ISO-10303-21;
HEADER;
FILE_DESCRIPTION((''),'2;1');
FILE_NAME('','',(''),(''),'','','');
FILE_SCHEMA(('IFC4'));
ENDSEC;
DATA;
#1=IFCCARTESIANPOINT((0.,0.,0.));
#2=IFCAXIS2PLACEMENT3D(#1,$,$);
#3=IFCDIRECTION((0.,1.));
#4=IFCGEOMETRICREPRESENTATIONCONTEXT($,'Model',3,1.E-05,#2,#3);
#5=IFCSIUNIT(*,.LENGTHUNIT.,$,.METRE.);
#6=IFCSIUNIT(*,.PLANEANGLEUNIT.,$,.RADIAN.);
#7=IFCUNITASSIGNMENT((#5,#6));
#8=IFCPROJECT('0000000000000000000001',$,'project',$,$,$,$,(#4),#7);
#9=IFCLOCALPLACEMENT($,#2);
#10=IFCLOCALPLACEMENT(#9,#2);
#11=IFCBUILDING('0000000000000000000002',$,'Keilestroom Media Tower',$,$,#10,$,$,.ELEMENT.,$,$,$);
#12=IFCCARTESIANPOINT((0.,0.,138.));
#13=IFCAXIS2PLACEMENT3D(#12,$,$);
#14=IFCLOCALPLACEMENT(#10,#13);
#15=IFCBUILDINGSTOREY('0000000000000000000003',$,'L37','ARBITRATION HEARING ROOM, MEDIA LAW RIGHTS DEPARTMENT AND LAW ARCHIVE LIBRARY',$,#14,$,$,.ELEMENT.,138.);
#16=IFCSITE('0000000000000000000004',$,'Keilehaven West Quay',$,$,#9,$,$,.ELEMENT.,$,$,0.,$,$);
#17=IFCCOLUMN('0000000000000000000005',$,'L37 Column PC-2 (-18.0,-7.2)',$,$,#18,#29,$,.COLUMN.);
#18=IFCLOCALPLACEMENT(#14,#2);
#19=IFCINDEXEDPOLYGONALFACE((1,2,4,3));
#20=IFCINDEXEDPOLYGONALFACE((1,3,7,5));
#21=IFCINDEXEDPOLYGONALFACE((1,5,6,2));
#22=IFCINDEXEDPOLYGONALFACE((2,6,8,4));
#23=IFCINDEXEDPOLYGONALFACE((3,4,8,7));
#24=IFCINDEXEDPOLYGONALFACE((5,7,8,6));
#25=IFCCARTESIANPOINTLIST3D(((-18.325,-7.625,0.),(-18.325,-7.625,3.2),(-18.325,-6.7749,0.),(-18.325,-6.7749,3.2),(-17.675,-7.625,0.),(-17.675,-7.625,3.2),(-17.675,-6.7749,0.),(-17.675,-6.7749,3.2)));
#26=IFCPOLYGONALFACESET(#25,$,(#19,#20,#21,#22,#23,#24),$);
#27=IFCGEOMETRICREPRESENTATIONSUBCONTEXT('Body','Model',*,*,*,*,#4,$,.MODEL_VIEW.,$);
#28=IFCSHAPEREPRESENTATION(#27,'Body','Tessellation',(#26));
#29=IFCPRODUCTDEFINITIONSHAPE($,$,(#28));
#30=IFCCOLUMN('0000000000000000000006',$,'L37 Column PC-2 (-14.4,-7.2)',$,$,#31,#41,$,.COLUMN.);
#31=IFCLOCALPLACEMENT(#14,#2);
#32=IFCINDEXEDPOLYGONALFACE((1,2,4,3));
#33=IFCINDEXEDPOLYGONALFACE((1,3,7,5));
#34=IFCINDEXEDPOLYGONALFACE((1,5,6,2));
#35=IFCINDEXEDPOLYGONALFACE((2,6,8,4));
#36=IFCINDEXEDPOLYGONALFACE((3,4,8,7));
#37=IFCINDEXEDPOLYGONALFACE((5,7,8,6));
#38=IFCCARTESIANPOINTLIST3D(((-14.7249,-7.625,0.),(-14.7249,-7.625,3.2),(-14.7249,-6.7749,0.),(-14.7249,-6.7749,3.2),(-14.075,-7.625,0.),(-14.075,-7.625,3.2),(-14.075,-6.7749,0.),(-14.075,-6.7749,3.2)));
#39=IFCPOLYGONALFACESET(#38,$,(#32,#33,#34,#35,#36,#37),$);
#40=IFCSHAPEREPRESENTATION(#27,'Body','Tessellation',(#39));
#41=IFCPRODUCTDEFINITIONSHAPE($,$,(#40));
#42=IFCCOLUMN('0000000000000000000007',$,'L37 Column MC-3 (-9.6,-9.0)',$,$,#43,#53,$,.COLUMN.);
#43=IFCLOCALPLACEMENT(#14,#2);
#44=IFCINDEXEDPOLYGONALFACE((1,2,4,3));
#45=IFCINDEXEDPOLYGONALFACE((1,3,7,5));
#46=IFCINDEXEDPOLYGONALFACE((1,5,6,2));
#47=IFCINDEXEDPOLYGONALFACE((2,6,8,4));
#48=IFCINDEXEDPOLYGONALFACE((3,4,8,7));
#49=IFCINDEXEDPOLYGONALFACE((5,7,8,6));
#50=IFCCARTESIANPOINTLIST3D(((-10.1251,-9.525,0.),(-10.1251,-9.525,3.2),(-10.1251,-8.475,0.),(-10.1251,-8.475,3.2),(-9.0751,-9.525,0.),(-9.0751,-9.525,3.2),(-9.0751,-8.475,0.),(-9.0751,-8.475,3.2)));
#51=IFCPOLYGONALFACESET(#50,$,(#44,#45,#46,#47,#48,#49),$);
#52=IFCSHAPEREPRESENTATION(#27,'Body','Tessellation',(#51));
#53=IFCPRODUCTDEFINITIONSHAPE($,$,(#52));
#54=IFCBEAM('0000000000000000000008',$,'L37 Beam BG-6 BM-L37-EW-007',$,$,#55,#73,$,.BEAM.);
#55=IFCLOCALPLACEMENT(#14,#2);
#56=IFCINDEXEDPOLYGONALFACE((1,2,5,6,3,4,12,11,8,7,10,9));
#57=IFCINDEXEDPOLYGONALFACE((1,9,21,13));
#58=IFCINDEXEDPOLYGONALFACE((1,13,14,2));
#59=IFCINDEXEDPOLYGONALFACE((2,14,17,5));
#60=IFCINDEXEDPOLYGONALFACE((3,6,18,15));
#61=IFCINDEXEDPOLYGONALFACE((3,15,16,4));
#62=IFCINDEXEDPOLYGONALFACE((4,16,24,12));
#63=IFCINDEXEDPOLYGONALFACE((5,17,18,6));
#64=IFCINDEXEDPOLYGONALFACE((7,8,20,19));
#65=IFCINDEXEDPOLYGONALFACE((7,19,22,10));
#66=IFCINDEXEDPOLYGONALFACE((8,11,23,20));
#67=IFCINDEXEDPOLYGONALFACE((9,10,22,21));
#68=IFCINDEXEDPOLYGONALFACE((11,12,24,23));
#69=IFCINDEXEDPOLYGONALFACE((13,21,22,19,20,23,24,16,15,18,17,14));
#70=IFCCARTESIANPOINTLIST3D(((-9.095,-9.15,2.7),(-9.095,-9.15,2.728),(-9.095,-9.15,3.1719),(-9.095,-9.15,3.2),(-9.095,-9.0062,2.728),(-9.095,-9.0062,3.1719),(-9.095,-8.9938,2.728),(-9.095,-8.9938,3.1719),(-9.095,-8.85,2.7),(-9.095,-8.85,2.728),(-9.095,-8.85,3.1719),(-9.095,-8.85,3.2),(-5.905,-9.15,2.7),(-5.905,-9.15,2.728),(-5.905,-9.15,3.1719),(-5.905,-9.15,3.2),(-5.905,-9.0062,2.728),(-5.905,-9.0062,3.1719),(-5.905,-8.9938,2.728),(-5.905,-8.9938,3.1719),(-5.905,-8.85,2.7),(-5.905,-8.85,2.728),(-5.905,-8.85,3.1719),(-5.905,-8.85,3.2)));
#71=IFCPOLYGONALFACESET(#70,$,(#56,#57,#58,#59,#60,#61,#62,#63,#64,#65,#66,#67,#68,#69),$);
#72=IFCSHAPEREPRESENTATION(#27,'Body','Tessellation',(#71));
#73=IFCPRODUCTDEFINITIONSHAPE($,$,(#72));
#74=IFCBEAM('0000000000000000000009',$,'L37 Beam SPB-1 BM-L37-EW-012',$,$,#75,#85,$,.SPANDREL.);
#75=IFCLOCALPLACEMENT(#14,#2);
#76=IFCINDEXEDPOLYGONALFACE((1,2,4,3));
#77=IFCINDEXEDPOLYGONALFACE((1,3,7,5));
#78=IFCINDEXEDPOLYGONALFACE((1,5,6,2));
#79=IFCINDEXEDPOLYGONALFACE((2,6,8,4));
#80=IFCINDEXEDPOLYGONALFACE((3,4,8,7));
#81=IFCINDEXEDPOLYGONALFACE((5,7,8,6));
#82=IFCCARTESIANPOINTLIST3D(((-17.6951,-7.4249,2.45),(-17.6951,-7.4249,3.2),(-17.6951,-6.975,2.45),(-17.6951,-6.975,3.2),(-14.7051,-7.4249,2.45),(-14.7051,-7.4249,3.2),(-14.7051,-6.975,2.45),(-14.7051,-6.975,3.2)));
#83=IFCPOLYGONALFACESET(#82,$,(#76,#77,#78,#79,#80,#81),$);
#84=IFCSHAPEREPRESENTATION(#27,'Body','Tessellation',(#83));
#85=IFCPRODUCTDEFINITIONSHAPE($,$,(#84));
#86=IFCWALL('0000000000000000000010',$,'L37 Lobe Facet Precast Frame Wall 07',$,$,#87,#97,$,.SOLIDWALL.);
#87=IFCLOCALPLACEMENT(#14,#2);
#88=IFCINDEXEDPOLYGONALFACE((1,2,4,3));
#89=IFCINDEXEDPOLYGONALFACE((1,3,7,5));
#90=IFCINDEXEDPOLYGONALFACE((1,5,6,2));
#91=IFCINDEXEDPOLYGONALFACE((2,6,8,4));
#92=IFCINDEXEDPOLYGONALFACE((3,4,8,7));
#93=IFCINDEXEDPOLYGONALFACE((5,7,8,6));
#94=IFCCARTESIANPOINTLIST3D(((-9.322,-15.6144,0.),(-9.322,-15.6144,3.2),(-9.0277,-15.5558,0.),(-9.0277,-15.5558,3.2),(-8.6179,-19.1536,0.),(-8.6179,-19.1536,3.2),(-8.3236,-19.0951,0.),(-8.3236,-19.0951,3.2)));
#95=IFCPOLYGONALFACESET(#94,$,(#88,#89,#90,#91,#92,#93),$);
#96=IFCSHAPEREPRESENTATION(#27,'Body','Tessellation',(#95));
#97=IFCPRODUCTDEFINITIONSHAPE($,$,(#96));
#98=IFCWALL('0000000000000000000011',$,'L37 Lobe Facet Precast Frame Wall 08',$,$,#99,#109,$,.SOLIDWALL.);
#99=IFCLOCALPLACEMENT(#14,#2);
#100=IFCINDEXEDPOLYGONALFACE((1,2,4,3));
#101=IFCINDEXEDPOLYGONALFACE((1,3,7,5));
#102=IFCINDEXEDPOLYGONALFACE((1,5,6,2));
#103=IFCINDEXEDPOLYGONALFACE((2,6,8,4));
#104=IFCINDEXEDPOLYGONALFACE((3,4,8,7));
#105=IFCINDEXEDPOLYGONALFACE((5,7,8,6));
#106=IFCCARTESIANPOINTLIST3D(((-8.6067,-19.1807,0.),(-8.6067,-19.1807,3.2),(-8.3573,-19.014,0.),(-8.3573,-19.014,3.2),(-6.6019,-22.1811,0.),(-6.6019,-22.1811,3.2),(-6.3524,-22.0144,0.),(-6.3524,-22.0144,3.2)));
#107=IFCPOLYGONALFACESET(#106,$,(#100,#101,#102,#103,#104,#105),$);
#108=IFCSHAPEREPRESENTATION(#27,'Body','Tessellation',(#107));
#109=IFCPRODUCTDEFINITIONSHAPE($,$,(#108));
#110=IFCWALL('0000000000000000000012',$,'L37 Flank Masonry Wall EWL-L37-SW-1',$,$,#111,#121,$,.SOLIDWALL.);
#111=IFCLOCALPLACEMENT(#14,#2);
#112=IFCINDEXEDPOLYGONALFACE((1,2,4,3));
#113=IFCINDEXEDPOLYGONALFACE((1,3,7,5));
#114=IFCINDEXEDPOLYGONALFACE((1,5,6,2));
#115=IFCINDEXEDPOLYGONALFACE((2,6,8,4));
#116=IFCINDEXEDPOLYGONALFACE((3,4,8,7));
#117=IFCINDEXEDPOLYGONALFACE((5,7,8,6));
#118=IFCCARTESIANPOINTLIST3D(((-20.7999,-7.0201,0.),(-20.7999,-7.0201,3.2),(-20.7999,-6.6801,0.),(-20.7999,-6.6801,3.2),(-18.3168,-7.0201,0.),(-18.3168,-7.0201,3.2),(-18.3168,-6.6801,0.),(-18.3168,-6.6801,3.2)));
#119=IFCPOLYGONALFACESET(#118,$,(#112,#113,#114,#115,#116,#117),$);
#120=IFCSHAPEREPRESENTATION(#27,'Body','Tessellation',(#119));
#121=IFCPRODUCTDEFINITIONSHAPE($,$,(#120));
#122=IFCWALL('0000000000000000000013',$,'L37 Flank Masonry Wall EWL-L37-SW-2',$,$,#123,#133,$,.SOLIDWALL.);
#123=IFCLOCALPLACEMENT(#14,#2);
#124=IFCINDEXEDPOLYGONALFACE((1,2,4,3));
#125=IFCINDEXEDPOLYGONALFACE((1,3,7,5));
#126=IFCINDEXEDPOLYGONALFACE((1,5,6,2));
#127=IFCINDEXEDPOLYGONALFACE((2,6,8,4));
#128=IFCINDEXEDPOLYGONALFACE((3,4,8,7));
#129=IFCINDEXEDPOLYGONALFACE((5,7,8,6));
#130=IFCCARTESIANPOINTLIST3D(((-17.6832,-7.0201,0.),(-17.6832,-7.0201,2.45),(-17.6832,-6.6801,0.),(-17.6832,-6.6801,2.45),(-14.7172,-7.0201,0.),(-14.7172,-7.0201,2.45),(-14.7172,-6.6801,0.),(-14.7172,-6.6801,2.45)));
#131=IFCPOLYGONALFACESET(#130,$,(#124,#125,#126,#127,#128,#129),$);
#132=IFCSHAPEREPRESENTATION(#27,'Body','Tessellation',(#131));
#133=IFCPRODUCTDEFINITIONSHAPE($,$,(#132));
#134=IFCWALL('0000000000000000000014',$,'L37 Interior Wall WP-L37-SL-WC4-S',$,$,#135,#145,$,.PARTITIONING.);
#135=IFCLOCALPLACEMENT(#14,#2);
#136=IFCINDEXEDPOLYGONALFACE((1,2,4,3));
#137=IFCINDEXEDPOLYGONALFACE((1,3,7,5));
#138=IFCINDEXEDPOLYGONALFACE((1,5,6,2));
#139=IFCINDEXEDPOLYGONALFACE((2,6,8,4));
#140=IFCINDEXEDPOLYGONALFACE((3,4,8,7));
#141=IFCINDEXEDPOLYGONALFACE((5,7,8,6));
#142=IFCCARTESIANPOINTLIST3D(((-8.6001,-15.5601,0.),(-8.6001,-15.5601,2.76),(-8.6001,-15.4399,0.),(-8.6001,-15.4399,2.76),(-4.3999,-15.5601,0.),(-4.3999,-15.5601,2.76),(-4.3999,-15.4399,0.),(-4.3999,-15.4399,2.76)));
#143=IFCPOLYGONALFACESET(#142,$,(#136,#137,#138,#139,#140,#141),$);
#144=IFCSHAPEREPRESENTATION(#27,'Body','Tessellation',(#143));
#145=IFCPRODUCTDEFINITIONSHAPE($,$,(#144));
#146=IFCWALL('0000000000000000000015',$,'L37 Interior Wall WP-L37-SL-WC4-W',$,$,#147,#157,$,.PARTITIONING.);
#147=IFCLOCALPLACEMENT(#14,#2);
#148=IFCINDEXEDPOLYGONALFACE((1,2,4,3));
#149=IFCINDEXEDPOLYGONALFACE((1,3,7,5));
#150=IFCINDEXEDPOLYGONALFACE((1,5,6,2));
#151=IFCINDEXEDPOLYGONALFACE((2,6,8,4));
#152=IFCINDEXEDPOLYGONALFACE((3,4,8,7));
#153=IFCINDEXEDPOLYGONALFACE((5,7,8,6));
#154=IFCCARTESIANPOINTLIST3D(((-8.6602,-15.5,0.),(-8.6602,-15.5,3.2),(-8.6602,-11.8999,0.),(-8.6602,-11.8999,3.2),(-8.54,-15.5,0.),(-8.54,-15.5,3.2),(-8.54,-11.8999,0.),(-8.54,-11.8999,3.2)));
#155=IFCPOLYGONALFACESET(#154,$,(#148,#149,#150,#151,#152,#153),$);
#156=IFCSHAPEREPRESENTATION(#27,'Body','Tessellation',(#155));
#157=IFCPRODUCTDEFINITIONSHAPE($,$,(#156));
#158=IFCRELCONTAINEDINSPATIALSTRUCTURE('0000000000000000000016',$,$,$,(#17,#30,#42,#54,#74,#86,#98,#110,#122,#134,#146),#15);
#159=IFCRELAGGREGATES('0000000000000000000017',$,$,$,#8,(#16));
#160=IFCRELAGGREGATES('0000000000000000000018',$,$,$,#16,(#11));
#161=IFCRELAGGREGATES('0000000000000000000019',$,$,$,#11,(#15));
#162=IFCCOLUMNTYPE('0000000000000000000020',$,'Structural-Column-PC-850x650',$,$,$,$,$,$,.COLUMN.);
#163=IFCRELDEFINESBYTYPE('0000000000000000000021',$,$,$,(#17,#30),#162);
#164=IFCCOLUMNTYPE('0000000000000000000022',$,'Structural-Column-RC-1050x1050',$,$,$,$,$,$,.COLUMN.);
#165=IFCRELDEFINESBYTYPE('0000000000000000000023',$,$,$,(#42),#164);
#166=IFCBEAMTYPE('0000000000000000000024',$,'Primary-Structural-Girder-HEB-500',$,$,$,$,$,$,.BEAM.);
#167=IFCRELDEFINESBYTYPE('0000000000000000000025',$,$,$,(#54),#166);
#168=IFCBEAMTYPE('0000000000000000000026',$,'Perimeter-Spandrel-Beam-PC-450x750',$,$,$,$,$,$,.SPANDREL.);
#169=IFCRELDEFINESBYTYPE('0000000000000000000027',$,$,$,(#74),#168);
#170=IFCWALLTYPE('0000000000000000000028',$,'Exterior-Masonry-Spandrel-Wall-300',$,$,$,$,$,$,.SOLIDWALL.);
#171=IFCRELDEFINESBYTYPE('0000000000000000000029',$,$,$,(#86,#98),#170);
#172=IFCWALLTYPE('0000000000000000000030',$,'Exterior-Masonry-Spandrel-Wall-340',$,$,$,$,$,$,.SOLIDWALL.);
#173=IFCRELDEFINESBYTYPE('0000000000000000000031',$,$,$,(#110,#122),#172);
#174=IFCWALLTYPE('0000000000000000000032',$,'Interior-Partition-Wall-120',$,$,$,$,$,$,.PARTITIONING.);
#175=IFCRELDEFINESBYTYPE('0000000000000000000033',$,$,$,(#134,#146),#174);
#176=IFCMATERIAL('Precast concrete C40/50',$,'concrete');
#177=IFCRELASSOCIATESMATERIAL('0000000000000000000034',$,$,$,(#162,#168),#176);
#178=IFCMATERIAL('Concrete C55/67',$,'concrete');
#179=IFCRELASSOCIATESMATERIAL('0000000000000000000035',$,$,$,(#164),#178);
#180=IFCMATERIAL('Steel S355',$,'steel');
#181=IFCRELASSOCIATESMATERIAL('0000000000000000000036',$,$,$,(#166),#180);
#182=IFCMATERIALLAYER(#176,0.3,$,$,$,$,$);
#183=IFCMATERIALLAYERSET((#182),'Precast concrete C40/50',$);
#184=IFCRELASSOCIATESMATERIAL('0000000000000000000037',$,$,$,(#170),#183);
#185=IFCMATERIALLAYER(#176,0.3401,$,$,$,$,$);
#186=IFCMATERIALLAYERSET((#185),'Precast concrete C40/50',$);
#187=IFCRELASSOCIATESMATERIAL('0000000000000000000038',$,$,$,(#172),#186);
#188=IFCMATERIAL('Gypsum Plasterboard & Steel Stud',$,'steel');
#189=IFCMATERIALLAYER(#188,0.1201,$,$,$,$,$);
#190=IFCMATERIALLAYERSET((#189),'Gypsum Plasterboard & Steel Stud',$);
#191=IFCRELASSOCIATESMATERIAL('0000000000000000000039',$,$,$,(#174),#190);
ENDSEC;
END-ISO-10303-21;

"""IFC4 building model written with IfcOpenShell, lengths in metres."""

from ifc_helpers import new_model, si_unit, direction, frame, frame_2d, origin, origin_2d, place, context, subcontext, project, spatial, rectangle, i_section, extrude, source, transform, mapped, material, layer, layer_set, material_profile, profile_set, type_object, element, save


model = new_model("IFC4")

# Units and contexts
model_context = context("Model", 3, precision=1e-05, world=origin(), true_north=direction((0.0, 1.0)))
body_context = subcontext(model_context, "Body", "Model", "MODEL_VIEW")
ifc_project = project(units=[si_unit("LENGTHUNIT", "METRE"), si_unit("PLANEANGLEUNIT", "RADIAN")], contexts=[model_context])

# Site, building, storey
site_placement = place(None, origin())
site = spatial("IfcSite", under=ifc_project, at=site_placement, Name="Keilehaven West Quay", CompositionType="ELEMENT", RefElevation=0.0)
building_placement = place(site_placement, origin())
building = spatial("IfcBuilding", under=site, at=building_placement, Name="Keilestroom Media Tower", CompositionType="ELEMENT")
storey_placement = place(building_placement, frame((0.0, 0.0, 138.0)))
storey = spatial("IfcBuildingStorey", under=building, at=storey_placement, Name="L37", Description="ARBITRATION HEARING ROOM, MEDIA LAW RIGHTS DEPARTMENT AND LAW ARCHIVE LIBRARY", CompositionType="ELEMENT", Elevation=138.0)

# Columns
ifc_material_1 = material(Name="Precast concrete C40/50", Category="concrete")
ifc_material_profile_1 = material_profile(ifc_material_1, rectangle(XDim=0.6499, YDim=0.8501, at=origin_2d()), Name="PC 850x650")
ifc_profile_set_1 = profile_set([ifc_material_profile_1], Name="Precast concrete C40/50")
column_type_1 = type_object("IfcColumnType", Name="Structural-Column-PC-850x650", PredefinedType="COLUMN", material=ifc_profile_set_1)
shared_shape_1 = source(origin(), body_context, "Body", "SweptSolid", [
    extrude(rectangle(XDim=0.6499, YDim=0.8501, at=origin_2d()), origin(), (0.0, 0.0, 1.0), 3.2),
])
for number, where, z_axis, x_axis, name in (
    (1, (-18.0, -7.2, 0.0), (0.0, 0.0, 1.0), (1.0, 0.0, 0.0), "L37 Column PC-2 (-18.0,-7.2)"),
    (2, (-14.3999, -7.2, 0.0), (0.0, 0.0, 1.0), (1.0, 0.0, 0.0), "L37 Column PC-2 (-14.4,-7.2)"),
):
    element("IfcColumn", number, at=place(storey_placement, frame(where, z_axis=z_axis, x_axis=x_axis)), inside=storey, type_object=column_type_1, Name=name, PredefinedType="COLUMN", context=body_context, shape_type="MappedRepresentation", body=[
        mapped(shared_shape_1, transform((0.0, 0.0, 0.0), x_axis=(1.0, 0.0, 0.0), y_axis=(0.0, 1.0, 0.0), z_axis=(0.0, 0.0, 1.0), scale=1.0)),
    ])
ifc_material_2 = material(Name="Concrete C55/67", Category="concrete")
ifc_material_profile_2 = material_profile(ifc_material_2, rectangle(XDim=1.05, YDim=1.05, at=origin_2d()), Name="RC 1050x1050")
ifc_profile_set_2 = profile_set([ifc_material_profile_2], Name="Concrete C55/67")
column_type_2 = type_object("IfcColumnType", Name="Structural-Column-RC-1050x1050", PredefinedType="COLUMN", material=ifc_profile_set_2)
shared_shape_2 = source(origin(), body_context, "Body", "SweptSolid", [
    extrude(rectangle(XDim=1.05, YDim=1.05, at=origin_2d()), origin(), (0.0, 0.0, 1.0), 3.2),
])
column_placement = place(storey_placement, frame((-9.6001, -9.0, 0.0), z_axis=(0.0, 0.0, 1.0), x_axis=(1.0, 0.0, 0.0)))
element("IfcColumn", 3, at=column_placement, inside=storey, type_object=column_type_2, Name="L37 Column MC-3 (-9.6,-9.0)", PredefinedType="COLUMN", context=body_context, shape_type="MappedRepresentation", body=[
    mapped(shared_shape_2, transform((0.0, 0.0, 0.0), x_axis=(1.0, 0.0, 0.0), y_axis=(0.0, 1.0, 0.0), z_axis=(0.0, 0.0, 1.0), scale=1.0)),
])

# Beams
ifc_material_3 = material(Name="Steel S355", Category="steel")
ifc_material_profile_3 = material_profile(ifc_material_3, i_section(OverallWidth=0.3, OverallDepth=0.5, WebThickness=0.0125, FlangeThickness=0.0281, at=origin_2d()), Name="HEB 500")
ifc_profile_set_3 = profile_set([ifc_material_profile_3], Name="Steel S355")
beam_type_1 = type_object("IfcBeamType", Name="Primary-Structural-Girder-HEB-500", PredefinedType="BEAM", material=ifc_profile_set_3)
shared_shape_3 = source(origin(), body_context, "Body", "SweptSolid", [
    extrude(i_section(OverallWidth=0.3, OverallDepth=0.5, WebThickness=0.0125, FlangeThickness=0.0281, at=origin_2d()), origin(), (0.0, 0.0, 1.0), 3.1899),
])
beam_1_placement = place(storey_placement, frame((-9.095, -9.0, 2.95), z_axis=(1.0, 0.0, 0.0), x_axis=(0.0, 1.0, 0.0)))
element("IfcBeam", 4, at=beam_1_placement, inside=storey, type_object=beam_type_1, Name="L37 Beam BG-6 BM-L37-EW-007", PredefinedType="BEAM", context=body_context, shape_type="MappedRepresentation", body=[
    mapped(shared_shape_3, transform((0.0, 0.0, 0.0), x_axis=(1.0, 0.0, 0.0), y_axis=(0.0, 1.0, 0.0), z_axis=(0.0, 0.0, 1.0), scale=1.0)),
])
ifc_material_profile_4 = material_profile(ifc_material_1, rectangle(XDim=0.45, YDim=0.75, at=origin_2d()), Name="PC 450x750")
ifc_profile_set_4 = profile_set([ifc_material_profile_4], Name="Precast concrete C40/50")
beam_type_2 = type_object("IfcBeamType", Name="Perimeter-Spandrel-Beam-PC-450x750", PredefinedType="SPANDREL", material=ifc_profile_set_4)
shared_shape_4 = source(origin(), body_context, "Body", "SweptSolid", [
    extrude(rectangle(XDim=0.45, YDim=0.75, at=origin_2d()), origin(), (0.0, 0.0, 1.0), 2.99),
])
beam_2_placement = place(storey_placement, frame((-17.6951, -7.2, 2.825), z_axis=(1.0, 0.0, 0.0), x_axis=(0.0, 1.0, 0.0)))
element("IfcBeam", 5, at=beam_2_placement, inside=storey, type_object=beam_type_2, Name="L37 Beam SPB-1 BM-L37-EW-012", PredefinedType="SPANDREL", context=body_context, shape_type="MappedRepresentation", body=[
    mapped(shared_shape_4, transform((0.0, 0.0, 0.0), x_axis=(1.0, 0.0, 0.0), y_axis=(0.0, 1.0, 0.0), z_axis=(0.0, 0.0, 1.0), scale=1.0)),
])

# Walls
ifc_layer_1 = layer(ifc_material_1, 0.3)
ifc_layer_set_1 = layer_set([ifc_layer_1], Name="Precast concrete C40/50")
wall_type_1 = type_object("IfcWallType", Name="Exterior-Masonry-Spandrel-Wall-300", PredefinedType="SOLIDWALL", material=ifc_layer_set_1)
for number, where, z_axis, x_axis, name in (
    (6, (-9.1748, -15.5852, 0.0), (0.0, 0.0, 1.0), (0.195114, -0.980781, 0.0), "L37 Lobe Facet Precast Frame Wall 07"),
    (7, (-8.4819, -19.0974, 0.0), (0.0, 0.0, 1.0), (0.555574, -0.831467, 0.0), "L37 Lobe Facet Precast Frame Wall 08"),
):
    element("IfcWall", number, at=place(storey_placement, frame(where, z_axis=z_axis, x_axis=x_axis)), inside=storey, type_object=wall_type_1, Name=name, PredefinedType="SOLIDWALL", context=body_context, shape_type="SweptSolid", body=[
        extrude(rectangle(XDim=3.6086, YDim=0.3, at=frame_2d((1.8042, 0.0))), origin(), (0.0, 0.0, 1.0), 3.2),
    ])
ifc_layer_2 = layer(ifc_material_1, 0.3401)
ifc_layer_set_2 = layer_set([ifc_layer_2], Name="Precast concrete C40/50")
wall_type_2 = type_object("IfcWallType", Name="Exterior-Masonry-Spandrel-Wall-340", PredefinedType="SOLIDWALL", material=ifc_layer_set_2)
wall_1_placement = place(storey_placement, frame((-20.8, -6.8501, 0.0), z_axis=(0.0, 0.0, 1.0), x_axis=(1.0, 0.0, 0.0)))
element("IfcWall", 8, at=wall_1_placement, inside=storey, type_object=wall_type_2, Name="L37 Flank Masonry Wall EWL-L37-SW-1", PredefinedType="SOLIDWALL", context=body_context, shape_type="SweptSolid", body=[
    extrude(rectangle(XDim=2.4832, YDim=0.3401, at=frame_2d((1.2417, 0.0))), origin(), (0.0, 0.0, 1.0), 3.2),
])
wall_2_placement = place(storey_placement, frame((-17.6831, -6.8501, 0.0), z_axis=(0.0, 0.0, 1.0), x_axis=(1.0, 0.0, 0.0)))
element("IfcWall", 9, at=wall_2_placement, inside=storey, type_object=wall_type_2, Name="L37 Flank Masonry Wall EWL-L37-SW-2", PredefinedType="SOLIDWALL", context=body_context, shape_type="SweptSolid", body=[
    extrude(rectangle(XDim=2.9661, YDim=0.3401, at=frame_2d((1.4829, 0.0))), origin(), (0.0, 0.0, 1.0), 2.45),
])
ifc_material_4 = material(Name="Gypsum Plasterboard & Steel Stud", Category="steel")
ifc_layer_3 = layer(ifc_material_4, 0.1201)
ifc_layer_set_3 = layer_set([ifc_layer_3], Name="Gypsum Plasterboard & Steel Stud")
wall_type_3 = type_object("IfcWallType", Name="Interior-Partition-Wall-120", PredefinedType="PARTITIONING", material=ifc_layer_set_3)
wall_3_placement = place(storey_placement, frame((-8.6001, -15.5, 0.0), z_axis=(0.0, 0.0, 1.0), x_axis=(1.0, 0.0, 0.0)))
element("IfcWall", 10, at=wall_3_placement, inside=storey, type_object=wall_type_3, Name="L37 Interior Wall WP-L37-SL-WC4-S", PredefinedType="PARTITIONING", context=body_context, shape_type="SweptSolid", body=[
    extrude(rectangle(XDim=4.2002, YDim=0.1201, at=frame_2d((2.1001, 0.0))), origin(), (0.0, 0.0, 1.0), 2.76),
])
wall_4_placement = place(storey_placement, frame((-8.6001, -15.5, 0.0), z_axis=(0.0, 0.0, 1.0), x_axis=(0.0, 1.0, 0.0)))
element("IfcWall", 11, at=wall_4_placement, inside=storey, type_object=wall_type_3, Name="L37 Interior Wall WP-L37-SL-WC4-W", PredefinedType="PARTITIONING", context=body_context, shape_type="SweptSolid", body=[
    extrude(rectangle(XDim=3.6001, YDim=0.1201, at=frame_2d((1.8, 0.0))), origin(), (0.0, 0.0, 1.0), 3.2),
])

save(model, "model.ifc")
